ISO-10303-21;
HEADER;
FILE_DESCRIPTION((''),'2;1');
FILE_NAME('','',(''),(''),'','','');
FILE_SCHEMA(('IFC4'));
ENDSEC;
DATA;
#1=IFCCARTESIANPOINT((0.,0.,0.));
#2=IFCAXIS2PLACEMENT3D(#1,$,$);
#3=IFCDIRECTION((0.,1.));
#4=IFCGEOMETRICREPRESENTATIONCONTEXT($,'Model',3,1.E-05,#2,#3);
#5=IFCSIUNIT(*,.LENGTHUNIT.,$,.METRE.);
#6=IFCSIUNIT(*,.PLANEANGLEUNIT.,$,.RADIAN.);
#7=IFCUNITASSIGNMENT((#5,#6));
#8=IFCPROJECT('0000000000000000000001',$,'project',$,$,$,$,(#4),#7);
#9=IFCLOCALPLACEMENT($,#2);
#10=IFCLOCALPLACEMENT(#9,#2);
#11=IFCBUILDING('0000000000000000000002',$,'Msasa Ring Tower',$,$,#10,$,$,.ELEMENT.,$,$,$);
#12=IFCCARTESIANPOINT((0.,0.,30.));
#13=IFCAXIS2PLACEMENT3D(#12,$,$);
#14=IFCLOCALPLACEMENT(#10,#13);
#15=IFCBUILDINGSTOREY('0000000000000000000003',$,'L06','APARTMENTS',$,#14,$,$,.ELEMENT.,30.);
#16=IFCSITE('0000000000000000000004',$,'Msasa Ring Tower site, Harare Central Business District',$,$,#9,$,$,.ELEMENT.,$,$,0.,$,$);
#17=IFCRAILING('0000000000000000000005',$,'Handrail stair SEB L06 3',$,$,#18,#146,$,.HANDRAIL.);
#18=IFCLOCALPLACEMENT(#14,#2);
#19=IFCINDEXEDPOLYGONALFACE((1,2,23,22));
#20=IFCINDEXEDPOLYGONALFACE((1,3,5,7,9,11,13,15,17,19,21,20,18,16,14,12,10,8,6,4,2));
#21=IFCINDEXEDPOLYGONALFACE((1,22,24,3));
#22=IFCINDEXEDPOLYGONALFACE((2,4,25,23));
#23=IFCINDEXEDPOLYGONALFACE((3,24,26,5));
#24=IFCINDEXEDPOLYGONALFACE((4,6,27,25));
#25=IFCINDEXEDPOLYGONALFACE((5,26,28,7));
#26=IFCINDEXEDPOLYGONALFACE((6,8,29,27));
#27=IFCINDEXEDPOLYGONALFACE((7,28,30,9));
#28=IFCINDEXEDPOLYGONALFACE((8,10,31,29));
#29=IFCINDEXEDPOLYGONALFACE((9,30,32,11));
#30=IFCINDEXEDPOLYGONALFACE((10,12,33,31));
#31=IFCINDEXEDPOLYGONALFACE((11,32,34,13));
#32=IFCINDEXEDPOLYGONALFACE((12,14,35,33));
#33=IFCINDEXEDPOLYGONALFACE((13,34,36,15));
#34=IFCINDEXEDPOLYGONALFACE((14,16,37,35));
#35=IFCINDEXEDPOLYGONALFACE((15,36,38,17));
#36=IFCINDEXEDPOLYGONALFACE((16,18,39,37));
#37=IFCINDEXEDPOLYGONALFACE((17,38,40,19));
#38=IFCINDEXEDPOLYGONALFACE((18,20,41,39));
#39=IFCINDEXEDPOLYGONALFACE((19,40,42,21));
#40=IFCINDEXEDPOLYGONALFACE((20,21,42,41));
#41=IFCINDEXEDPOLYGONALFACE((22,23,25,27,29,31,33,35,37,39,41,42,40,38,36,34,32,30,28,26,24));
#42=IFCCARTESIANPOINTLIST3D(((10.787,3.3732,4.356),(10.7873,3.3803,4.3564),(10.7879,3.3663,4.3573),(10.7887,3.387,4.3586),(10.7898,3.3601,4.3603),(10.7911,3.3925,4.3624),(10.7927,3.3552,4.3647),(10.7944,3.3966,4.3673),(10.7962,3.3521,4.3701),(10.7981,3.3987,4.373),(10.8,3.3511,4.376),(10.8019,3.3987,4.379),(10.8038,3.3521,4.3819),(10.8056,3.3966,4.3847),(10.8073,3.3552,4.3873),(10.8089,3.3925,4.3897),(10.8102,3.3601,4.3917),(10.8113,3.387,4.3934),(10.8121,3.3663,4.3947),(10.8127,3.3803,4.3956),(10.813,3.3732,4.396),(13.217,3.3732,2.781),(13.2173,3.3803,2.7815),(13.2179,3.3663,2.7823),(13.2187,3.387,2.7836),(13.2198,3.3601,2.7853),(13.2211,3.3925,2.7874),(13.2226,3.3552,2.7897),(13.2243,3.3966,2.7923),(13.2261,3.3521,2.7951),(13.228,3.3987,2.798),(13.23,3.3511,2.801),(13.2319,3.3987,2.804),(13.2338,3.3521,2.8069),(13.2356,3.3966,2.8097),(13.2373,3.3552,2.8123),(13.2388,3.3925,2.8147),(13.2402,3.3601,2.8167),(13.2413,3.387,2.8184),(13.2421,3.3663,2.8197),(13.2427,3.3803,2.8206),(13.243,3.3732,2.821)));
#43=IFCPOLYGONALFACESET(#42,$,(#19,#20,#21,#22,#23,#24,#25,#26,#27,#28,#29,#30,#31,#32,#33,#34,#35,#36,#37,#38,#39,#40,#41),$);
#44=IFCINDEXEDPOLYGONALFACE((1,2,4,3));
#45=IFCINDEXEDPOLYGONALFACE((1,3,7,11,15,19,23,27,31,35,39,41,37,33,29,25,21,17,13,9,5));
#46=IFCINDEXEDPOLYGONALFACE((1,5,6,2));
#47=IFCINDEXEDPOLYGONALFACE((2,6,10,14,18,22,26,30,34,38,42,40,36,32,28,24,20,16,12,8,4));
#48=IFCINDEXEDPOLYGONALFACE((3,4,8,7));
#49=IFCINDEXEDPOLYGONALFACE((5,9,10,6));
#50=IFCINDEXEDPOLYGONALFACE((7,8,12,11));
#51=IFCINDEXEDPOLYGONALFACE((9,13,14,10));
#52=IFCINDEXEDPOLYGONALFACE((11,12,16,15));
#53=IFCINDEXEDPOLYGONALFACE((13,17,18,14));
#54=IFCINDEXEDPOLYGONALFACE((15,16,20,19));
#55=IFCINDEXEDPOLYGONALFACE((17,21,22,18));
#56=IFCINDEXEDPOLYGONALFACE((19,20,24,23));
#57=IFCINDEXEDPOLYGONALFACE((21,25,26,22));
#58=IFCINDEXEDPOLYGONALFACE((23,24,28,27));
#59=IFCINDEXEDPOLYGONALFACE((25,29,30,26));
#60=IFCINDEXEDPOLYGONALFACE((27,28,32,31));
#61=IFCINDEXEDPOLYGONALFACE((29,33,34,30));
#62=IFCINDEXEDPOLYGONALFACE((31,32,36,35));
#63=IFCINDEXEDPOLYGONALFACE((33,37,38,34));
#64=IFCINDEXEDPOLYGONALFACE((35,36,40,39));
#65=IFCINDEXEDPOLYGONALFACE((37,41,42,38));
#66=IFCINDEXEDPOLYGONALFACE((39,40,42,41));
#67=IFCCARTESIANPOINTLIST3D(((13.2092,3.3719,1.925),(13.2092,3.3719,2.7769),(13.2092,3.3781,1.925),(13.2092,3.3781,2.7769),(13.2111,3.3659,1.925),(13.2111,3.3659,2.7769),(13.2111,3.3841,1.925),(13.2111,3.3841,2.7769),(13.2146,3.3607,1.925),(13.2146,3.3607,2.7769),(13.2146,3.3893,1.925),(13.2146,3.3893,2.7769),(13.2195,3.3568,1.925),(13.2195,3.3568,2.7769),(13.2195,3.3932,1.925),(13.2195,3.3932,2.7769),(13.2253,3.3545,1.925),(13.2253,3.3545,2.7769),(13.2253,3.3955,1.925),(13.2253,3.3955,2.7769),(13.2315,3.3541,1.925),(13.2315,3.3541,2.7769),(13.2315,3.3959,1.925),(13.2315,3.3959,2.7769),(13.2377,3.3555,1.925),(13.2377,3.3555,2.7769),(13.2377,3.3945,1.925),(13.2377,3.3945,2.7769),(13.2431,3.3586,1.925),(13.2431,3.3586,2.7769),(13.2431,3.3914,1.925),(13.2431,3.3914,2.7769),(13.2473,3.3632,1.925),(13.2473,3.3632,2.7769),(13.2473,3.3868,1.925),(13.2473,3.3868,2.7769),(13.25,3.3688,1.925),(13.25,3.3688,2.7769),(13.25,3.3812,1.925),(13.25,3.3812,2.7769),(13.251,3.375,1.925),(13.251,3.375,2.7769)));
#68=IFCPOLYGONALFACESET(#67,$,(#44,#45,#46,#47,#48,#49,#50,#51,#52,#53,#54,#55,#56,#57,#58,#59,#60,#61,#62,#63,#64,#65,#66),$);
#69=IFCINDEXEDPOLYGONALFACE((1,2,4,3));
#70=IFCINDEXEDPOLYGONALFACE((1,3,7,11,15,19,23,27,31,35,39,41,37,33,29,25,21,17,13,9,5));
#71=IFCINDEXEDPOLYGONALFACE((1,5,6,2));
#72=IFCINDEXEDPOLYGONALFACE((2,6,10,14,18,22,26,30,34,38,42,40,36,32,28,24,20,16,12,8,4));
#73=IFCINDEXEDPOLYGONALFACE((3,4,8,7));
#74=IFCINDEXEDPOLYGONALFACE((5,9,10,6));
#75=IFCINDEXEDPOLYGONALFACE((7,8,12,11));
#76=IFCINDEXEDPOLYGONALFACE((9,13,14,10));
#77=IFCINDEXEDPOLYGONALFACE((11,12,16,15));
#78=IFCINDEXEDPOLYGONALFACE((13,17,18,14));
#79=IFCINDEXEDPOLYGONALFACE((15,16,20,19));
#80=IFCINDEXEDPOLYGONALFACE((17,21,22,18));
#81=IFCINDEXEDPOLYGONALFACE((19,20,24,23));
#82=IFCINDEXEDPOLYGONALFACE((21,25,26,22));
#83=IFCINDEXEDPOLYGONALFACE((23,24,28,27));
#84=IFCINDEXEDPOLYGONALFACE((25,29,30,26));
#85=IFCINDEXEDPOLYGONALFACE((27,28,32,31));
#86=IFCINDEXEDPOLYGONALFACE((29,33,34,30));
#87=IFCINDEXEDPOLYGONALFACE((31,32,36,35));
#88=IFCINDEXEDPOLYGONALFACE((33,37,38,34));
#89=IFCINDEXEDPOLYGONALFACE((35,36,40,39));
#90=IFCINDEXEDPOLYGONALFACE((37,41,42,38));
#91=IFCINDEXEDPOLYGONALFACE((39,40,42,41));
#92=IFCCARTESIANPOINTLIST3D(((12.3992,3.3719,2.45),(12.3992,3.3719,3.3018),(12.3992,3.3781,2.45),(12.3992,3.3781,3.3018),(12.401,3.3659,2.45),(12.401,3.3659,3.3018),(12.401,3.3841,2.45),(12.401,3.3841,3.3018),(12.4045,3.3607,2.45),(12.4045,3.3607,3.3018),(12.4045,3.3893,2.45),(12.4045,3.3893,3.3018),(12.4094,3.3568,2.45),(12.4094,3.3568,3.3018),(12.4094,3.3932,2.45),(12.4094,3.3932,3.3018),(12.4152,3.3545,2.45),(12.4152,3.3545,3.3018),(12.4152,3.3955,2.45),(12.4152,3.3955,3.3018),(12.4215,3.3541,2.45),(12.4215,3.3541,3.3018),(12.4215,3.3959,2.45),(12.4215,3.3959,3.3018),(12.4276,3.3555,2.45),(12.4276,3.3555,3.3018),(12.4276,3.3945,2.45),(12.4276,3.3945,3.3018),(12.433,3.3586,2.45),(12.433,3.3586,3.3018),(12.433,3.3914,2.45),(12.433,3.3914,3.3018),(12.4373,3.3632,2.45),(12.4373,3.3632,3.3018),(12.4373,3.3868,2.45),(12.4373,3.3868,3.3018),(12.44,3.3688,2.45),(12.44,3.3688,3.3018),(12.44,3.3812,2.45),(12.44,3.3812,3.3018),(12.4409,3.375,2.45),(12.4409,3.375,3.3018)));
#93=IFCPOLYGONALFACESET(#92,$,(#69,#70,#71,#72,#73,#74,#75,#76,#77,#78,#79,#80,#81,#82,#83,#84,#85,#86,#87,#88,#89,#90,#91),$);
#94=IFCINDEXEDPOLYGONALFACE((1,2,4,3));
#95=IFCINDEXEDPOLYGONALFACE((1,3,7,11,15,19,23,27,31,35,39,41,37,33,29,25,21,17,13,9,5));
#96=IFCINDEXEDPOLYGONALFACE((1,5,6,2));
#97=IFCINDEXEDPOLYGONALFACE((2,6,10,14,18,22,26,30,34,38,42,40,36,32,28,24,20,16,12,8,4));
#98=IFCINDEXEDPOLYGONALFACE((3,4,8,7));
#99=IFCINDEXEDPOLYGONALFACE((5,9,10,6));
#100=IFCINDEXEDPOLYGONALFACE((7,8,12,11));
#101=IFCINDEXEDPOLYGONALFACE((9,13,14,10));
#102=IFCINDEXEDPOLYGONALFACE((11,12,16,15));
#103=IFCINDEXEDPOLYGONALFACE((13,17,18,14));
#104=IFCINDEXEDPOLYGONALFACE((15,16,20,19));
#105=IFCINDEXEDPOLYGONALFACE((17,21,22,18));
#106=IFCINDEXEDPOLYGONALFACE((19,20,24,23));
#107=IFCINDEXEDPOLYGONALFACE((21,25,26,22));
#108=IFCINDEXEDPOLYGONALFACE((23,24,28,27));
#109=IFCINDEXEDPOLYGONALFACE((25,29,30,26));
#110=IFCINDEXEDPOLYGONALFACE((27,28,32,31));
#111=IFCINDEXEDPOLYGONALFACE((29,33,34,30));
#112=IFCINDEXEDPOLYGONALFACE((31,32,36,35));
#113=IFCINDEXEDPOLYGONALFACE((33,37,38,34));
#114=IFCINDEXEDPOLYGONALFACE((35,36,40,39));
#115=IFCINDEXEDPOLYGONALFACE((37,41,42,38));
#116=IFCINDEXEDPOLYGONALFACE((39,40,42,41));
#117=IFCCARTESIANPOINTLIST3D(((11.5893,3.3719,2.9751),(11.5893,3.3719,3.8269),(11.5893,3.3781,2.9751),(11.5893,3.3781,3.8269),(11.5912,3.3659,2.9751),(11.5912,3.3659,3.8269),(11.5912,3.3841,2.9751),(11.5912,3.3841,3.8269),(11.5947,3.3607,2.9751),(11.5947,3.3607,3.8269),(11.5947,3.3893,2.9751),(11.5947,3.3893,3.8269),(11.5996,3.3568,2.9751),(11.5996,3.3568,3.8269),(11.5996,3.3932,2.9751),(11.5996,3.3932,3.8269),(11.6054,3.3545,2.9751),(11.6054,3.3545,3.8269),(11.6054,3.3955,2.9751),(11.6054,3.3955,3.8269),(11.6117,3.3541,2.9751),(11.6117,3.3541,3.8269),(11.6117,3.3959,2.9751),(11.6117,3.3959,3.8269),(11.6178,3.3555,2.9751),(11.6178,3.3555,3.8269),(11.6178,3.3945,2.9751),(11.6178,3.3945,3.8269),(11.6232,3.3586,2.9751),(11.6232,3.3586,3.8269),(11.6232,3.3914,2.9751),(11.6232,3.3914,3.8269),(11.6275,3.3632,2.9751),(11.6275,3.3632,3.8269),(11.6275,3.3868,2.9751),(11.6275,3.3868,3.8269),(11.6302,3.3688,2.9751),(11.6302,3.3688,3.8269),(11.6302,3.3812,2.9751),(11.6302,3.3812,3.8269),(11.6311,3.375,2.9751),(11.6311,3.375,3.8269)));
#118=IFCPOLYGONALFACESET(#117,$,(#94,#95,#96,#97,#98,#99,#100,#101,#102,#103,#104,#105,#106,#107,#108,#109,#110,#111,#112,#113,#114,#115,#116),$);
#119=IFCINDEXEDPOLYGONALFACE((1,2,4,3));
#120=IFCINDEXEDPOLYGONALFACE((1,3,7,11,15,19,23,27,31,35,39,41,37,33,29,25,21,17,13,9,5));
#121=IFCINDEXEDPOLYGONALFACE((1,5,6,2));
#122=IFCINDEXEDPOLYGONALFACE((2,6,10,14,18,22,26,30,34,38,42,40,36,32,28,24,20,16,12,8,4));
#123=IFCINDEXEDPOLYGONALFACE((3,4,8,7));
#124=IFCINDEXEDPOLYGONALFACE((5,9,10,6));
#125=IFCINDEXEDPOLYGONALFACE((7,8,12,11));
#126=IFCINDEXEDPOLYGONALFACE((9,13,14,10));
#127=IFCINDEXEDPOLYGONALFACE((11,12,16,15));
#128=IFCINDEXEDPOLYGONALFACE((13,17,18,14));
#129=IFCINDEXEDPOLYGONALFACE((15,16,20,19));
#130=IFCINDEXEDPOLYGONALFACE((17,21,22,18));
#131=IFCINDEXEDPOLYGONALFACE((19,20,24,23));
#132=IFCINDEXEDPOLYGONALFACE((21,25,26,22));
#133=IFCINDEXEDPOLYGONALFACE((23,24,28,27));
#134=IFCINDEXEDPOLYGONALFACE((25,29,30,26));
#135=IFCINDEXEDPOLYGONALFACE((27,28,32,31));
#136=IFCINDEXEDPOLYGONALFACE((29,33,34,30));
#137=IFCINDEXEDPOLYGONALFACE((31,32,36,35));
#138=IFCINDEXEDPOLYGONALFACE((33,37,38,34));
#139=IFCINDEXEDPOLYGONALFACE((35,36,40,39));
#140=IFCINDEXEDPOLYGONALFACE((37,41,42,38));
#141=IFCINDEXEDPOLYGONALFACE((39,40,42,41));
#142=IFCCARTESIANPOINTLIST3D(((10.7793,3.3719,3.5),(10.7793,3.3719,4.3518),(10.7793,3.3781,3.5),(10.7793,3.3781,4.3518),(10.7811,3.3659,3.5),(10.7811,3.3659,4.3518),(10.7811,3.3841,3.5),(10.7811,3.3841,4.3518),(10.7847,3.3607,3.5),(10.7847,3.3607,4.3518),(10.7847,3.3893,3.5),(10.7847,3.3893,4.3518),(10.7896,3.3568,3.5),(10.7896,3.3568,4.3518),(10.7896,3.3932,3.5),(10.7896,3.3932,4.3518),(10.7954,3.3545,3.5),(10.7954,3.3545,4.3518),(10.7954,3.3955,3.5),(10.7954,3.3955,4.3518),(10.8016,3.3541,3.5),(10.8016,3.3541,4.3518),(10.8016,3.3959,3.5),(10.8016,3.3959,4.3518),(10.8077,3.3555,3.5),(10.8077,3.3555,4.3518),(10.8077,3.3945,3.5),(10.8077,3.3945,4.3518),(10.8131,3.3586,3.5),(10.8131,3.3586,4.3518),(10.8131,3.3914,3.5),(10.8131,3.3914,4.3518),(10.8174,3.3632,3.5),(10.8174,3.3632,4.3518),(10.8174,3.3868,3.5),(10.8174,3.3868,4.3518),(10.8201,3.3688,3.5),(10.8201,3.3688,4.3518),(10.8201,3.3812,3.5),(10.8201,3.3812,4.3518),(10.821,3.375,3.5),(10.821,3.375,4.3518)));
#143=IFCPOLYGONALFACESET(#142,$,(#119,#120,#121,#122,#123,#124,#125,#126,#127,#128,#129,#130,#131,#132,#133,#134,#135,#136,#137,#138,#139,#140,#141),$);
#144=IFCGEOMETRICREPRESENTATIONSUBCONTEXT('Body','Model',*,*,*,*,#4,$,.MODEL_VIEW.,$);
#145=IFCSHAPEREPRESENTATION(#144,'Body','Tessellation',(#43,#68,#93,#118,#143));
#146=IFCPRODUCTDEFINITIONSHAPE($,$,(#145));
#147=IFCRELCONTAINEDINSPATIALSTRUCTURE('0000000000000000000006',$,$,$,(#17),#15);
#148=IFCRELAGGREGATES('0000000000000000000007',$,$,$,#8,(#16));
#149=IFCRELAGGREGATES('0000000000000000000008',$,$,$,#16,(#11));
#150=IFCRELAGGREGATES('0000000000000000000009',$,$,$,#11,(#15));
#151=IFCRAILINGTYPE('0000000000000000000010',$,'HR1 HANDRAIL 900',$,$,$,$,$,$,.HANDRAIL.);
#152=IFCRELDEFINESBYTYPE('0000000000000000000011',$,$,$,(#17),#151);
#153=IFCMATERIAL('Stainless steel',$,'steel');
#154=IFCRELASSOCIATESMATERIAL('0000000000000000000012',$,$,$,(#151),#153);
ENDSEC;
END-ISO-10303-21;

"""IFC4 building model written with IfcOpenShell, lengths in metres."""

from ifc_helpers import new_model, si_unit, direction, frame, origin, origin_2d, place, context, subcontext, project, spatial, circle, extrude, material, type_object, element, save


model = new_model("IFC4")

# Units and contexts
model_context = context("Model", 3, precision=1e-05, world=origin(), true_north=direction((0.0, 1.0)))
body_context = subcontext(model_context, "Body", "Model", "MODEL_VIEW")
ifc_project = project(units=[si_unit("LENGTHUNIT", "METRE"), si_unit("PLANEANGLEUNIT", "RADIAN")], contexts=[model_context])

# Site, building, storey
site_placement = place(None, origin())
site = spatial("IfcSite", under=ifc_project, at=site_placement, Name="Msasa Ring Tower site, Harare Central Business District", CompositionType="ELEMENT", RefElevation=0.0)
building_placement = place(site_placement, origin())
building = spatial("IfcBuilding", under=site, at=building_placement, Name="Msasa Ring Tower", CompositionType="ELEMENT")
storey_placement = place(building_placement, frame((0.0, 0.0, 30.0)))
storey = spatial("IfcBuildingStorey", under=building, at=storey_placement, Name="L06", Description="APARTMENTS", CompositionType="ELEMENT", Elevation=30.0)

# Railing
ifc_material_1 = material(Name="Stainless steel", Category="steel")
railing_type = type_object("IfcRailingType", Name="HR1 HANDRAIL 900", PredefinedType="HANDRAIL", material=ifc_material_1)
for number, where, name in (
    (1, (13.23, 3.375, 1.925), "Handrail stair SEB L06 3"),
):
    element("IfcRailing", number, at=place(storey_placement, frame(where)), inside=storey, type_object=railing_type, Name=name, PredefinedType="HANDRAIL", context=body_context, shape_type="SweptSolid", body=[
        extrude(circle(Radius=0.0239, at=origin_2d()), frame((0.0, 0.0, 0.876), z_axis=(-0.839154, 0.0, 0.543894), x_axis=(0.0, -1.0, 0.0)), (0.0, 0.0, 1.0), 2.8958),
        extrude(circle(Radius=0.021, at=origin_2d()), origin(), (0.0, 0.0, 1.0), 0.8518),
        extrude(circle(Radius=0.021, at=origin_2d()), frame((-0.8101, 0.0, 0.5249)), (0.0, 0.0, 1.0), 0.8518),
        extrude(circle(Radius=0.021, at=origin_2d()), frame((-1.6199, 0.0, 1.05)), (0.0, 0.0, 1.0), 0.8518),
        extrude(circle(Radius=0.021, at=origin_2d()), frame((-2.4299, 0.0, 1.575)), (0.0, 0.0, 1.0), 0.8518),
    ])

save(model, "model.ifc")
